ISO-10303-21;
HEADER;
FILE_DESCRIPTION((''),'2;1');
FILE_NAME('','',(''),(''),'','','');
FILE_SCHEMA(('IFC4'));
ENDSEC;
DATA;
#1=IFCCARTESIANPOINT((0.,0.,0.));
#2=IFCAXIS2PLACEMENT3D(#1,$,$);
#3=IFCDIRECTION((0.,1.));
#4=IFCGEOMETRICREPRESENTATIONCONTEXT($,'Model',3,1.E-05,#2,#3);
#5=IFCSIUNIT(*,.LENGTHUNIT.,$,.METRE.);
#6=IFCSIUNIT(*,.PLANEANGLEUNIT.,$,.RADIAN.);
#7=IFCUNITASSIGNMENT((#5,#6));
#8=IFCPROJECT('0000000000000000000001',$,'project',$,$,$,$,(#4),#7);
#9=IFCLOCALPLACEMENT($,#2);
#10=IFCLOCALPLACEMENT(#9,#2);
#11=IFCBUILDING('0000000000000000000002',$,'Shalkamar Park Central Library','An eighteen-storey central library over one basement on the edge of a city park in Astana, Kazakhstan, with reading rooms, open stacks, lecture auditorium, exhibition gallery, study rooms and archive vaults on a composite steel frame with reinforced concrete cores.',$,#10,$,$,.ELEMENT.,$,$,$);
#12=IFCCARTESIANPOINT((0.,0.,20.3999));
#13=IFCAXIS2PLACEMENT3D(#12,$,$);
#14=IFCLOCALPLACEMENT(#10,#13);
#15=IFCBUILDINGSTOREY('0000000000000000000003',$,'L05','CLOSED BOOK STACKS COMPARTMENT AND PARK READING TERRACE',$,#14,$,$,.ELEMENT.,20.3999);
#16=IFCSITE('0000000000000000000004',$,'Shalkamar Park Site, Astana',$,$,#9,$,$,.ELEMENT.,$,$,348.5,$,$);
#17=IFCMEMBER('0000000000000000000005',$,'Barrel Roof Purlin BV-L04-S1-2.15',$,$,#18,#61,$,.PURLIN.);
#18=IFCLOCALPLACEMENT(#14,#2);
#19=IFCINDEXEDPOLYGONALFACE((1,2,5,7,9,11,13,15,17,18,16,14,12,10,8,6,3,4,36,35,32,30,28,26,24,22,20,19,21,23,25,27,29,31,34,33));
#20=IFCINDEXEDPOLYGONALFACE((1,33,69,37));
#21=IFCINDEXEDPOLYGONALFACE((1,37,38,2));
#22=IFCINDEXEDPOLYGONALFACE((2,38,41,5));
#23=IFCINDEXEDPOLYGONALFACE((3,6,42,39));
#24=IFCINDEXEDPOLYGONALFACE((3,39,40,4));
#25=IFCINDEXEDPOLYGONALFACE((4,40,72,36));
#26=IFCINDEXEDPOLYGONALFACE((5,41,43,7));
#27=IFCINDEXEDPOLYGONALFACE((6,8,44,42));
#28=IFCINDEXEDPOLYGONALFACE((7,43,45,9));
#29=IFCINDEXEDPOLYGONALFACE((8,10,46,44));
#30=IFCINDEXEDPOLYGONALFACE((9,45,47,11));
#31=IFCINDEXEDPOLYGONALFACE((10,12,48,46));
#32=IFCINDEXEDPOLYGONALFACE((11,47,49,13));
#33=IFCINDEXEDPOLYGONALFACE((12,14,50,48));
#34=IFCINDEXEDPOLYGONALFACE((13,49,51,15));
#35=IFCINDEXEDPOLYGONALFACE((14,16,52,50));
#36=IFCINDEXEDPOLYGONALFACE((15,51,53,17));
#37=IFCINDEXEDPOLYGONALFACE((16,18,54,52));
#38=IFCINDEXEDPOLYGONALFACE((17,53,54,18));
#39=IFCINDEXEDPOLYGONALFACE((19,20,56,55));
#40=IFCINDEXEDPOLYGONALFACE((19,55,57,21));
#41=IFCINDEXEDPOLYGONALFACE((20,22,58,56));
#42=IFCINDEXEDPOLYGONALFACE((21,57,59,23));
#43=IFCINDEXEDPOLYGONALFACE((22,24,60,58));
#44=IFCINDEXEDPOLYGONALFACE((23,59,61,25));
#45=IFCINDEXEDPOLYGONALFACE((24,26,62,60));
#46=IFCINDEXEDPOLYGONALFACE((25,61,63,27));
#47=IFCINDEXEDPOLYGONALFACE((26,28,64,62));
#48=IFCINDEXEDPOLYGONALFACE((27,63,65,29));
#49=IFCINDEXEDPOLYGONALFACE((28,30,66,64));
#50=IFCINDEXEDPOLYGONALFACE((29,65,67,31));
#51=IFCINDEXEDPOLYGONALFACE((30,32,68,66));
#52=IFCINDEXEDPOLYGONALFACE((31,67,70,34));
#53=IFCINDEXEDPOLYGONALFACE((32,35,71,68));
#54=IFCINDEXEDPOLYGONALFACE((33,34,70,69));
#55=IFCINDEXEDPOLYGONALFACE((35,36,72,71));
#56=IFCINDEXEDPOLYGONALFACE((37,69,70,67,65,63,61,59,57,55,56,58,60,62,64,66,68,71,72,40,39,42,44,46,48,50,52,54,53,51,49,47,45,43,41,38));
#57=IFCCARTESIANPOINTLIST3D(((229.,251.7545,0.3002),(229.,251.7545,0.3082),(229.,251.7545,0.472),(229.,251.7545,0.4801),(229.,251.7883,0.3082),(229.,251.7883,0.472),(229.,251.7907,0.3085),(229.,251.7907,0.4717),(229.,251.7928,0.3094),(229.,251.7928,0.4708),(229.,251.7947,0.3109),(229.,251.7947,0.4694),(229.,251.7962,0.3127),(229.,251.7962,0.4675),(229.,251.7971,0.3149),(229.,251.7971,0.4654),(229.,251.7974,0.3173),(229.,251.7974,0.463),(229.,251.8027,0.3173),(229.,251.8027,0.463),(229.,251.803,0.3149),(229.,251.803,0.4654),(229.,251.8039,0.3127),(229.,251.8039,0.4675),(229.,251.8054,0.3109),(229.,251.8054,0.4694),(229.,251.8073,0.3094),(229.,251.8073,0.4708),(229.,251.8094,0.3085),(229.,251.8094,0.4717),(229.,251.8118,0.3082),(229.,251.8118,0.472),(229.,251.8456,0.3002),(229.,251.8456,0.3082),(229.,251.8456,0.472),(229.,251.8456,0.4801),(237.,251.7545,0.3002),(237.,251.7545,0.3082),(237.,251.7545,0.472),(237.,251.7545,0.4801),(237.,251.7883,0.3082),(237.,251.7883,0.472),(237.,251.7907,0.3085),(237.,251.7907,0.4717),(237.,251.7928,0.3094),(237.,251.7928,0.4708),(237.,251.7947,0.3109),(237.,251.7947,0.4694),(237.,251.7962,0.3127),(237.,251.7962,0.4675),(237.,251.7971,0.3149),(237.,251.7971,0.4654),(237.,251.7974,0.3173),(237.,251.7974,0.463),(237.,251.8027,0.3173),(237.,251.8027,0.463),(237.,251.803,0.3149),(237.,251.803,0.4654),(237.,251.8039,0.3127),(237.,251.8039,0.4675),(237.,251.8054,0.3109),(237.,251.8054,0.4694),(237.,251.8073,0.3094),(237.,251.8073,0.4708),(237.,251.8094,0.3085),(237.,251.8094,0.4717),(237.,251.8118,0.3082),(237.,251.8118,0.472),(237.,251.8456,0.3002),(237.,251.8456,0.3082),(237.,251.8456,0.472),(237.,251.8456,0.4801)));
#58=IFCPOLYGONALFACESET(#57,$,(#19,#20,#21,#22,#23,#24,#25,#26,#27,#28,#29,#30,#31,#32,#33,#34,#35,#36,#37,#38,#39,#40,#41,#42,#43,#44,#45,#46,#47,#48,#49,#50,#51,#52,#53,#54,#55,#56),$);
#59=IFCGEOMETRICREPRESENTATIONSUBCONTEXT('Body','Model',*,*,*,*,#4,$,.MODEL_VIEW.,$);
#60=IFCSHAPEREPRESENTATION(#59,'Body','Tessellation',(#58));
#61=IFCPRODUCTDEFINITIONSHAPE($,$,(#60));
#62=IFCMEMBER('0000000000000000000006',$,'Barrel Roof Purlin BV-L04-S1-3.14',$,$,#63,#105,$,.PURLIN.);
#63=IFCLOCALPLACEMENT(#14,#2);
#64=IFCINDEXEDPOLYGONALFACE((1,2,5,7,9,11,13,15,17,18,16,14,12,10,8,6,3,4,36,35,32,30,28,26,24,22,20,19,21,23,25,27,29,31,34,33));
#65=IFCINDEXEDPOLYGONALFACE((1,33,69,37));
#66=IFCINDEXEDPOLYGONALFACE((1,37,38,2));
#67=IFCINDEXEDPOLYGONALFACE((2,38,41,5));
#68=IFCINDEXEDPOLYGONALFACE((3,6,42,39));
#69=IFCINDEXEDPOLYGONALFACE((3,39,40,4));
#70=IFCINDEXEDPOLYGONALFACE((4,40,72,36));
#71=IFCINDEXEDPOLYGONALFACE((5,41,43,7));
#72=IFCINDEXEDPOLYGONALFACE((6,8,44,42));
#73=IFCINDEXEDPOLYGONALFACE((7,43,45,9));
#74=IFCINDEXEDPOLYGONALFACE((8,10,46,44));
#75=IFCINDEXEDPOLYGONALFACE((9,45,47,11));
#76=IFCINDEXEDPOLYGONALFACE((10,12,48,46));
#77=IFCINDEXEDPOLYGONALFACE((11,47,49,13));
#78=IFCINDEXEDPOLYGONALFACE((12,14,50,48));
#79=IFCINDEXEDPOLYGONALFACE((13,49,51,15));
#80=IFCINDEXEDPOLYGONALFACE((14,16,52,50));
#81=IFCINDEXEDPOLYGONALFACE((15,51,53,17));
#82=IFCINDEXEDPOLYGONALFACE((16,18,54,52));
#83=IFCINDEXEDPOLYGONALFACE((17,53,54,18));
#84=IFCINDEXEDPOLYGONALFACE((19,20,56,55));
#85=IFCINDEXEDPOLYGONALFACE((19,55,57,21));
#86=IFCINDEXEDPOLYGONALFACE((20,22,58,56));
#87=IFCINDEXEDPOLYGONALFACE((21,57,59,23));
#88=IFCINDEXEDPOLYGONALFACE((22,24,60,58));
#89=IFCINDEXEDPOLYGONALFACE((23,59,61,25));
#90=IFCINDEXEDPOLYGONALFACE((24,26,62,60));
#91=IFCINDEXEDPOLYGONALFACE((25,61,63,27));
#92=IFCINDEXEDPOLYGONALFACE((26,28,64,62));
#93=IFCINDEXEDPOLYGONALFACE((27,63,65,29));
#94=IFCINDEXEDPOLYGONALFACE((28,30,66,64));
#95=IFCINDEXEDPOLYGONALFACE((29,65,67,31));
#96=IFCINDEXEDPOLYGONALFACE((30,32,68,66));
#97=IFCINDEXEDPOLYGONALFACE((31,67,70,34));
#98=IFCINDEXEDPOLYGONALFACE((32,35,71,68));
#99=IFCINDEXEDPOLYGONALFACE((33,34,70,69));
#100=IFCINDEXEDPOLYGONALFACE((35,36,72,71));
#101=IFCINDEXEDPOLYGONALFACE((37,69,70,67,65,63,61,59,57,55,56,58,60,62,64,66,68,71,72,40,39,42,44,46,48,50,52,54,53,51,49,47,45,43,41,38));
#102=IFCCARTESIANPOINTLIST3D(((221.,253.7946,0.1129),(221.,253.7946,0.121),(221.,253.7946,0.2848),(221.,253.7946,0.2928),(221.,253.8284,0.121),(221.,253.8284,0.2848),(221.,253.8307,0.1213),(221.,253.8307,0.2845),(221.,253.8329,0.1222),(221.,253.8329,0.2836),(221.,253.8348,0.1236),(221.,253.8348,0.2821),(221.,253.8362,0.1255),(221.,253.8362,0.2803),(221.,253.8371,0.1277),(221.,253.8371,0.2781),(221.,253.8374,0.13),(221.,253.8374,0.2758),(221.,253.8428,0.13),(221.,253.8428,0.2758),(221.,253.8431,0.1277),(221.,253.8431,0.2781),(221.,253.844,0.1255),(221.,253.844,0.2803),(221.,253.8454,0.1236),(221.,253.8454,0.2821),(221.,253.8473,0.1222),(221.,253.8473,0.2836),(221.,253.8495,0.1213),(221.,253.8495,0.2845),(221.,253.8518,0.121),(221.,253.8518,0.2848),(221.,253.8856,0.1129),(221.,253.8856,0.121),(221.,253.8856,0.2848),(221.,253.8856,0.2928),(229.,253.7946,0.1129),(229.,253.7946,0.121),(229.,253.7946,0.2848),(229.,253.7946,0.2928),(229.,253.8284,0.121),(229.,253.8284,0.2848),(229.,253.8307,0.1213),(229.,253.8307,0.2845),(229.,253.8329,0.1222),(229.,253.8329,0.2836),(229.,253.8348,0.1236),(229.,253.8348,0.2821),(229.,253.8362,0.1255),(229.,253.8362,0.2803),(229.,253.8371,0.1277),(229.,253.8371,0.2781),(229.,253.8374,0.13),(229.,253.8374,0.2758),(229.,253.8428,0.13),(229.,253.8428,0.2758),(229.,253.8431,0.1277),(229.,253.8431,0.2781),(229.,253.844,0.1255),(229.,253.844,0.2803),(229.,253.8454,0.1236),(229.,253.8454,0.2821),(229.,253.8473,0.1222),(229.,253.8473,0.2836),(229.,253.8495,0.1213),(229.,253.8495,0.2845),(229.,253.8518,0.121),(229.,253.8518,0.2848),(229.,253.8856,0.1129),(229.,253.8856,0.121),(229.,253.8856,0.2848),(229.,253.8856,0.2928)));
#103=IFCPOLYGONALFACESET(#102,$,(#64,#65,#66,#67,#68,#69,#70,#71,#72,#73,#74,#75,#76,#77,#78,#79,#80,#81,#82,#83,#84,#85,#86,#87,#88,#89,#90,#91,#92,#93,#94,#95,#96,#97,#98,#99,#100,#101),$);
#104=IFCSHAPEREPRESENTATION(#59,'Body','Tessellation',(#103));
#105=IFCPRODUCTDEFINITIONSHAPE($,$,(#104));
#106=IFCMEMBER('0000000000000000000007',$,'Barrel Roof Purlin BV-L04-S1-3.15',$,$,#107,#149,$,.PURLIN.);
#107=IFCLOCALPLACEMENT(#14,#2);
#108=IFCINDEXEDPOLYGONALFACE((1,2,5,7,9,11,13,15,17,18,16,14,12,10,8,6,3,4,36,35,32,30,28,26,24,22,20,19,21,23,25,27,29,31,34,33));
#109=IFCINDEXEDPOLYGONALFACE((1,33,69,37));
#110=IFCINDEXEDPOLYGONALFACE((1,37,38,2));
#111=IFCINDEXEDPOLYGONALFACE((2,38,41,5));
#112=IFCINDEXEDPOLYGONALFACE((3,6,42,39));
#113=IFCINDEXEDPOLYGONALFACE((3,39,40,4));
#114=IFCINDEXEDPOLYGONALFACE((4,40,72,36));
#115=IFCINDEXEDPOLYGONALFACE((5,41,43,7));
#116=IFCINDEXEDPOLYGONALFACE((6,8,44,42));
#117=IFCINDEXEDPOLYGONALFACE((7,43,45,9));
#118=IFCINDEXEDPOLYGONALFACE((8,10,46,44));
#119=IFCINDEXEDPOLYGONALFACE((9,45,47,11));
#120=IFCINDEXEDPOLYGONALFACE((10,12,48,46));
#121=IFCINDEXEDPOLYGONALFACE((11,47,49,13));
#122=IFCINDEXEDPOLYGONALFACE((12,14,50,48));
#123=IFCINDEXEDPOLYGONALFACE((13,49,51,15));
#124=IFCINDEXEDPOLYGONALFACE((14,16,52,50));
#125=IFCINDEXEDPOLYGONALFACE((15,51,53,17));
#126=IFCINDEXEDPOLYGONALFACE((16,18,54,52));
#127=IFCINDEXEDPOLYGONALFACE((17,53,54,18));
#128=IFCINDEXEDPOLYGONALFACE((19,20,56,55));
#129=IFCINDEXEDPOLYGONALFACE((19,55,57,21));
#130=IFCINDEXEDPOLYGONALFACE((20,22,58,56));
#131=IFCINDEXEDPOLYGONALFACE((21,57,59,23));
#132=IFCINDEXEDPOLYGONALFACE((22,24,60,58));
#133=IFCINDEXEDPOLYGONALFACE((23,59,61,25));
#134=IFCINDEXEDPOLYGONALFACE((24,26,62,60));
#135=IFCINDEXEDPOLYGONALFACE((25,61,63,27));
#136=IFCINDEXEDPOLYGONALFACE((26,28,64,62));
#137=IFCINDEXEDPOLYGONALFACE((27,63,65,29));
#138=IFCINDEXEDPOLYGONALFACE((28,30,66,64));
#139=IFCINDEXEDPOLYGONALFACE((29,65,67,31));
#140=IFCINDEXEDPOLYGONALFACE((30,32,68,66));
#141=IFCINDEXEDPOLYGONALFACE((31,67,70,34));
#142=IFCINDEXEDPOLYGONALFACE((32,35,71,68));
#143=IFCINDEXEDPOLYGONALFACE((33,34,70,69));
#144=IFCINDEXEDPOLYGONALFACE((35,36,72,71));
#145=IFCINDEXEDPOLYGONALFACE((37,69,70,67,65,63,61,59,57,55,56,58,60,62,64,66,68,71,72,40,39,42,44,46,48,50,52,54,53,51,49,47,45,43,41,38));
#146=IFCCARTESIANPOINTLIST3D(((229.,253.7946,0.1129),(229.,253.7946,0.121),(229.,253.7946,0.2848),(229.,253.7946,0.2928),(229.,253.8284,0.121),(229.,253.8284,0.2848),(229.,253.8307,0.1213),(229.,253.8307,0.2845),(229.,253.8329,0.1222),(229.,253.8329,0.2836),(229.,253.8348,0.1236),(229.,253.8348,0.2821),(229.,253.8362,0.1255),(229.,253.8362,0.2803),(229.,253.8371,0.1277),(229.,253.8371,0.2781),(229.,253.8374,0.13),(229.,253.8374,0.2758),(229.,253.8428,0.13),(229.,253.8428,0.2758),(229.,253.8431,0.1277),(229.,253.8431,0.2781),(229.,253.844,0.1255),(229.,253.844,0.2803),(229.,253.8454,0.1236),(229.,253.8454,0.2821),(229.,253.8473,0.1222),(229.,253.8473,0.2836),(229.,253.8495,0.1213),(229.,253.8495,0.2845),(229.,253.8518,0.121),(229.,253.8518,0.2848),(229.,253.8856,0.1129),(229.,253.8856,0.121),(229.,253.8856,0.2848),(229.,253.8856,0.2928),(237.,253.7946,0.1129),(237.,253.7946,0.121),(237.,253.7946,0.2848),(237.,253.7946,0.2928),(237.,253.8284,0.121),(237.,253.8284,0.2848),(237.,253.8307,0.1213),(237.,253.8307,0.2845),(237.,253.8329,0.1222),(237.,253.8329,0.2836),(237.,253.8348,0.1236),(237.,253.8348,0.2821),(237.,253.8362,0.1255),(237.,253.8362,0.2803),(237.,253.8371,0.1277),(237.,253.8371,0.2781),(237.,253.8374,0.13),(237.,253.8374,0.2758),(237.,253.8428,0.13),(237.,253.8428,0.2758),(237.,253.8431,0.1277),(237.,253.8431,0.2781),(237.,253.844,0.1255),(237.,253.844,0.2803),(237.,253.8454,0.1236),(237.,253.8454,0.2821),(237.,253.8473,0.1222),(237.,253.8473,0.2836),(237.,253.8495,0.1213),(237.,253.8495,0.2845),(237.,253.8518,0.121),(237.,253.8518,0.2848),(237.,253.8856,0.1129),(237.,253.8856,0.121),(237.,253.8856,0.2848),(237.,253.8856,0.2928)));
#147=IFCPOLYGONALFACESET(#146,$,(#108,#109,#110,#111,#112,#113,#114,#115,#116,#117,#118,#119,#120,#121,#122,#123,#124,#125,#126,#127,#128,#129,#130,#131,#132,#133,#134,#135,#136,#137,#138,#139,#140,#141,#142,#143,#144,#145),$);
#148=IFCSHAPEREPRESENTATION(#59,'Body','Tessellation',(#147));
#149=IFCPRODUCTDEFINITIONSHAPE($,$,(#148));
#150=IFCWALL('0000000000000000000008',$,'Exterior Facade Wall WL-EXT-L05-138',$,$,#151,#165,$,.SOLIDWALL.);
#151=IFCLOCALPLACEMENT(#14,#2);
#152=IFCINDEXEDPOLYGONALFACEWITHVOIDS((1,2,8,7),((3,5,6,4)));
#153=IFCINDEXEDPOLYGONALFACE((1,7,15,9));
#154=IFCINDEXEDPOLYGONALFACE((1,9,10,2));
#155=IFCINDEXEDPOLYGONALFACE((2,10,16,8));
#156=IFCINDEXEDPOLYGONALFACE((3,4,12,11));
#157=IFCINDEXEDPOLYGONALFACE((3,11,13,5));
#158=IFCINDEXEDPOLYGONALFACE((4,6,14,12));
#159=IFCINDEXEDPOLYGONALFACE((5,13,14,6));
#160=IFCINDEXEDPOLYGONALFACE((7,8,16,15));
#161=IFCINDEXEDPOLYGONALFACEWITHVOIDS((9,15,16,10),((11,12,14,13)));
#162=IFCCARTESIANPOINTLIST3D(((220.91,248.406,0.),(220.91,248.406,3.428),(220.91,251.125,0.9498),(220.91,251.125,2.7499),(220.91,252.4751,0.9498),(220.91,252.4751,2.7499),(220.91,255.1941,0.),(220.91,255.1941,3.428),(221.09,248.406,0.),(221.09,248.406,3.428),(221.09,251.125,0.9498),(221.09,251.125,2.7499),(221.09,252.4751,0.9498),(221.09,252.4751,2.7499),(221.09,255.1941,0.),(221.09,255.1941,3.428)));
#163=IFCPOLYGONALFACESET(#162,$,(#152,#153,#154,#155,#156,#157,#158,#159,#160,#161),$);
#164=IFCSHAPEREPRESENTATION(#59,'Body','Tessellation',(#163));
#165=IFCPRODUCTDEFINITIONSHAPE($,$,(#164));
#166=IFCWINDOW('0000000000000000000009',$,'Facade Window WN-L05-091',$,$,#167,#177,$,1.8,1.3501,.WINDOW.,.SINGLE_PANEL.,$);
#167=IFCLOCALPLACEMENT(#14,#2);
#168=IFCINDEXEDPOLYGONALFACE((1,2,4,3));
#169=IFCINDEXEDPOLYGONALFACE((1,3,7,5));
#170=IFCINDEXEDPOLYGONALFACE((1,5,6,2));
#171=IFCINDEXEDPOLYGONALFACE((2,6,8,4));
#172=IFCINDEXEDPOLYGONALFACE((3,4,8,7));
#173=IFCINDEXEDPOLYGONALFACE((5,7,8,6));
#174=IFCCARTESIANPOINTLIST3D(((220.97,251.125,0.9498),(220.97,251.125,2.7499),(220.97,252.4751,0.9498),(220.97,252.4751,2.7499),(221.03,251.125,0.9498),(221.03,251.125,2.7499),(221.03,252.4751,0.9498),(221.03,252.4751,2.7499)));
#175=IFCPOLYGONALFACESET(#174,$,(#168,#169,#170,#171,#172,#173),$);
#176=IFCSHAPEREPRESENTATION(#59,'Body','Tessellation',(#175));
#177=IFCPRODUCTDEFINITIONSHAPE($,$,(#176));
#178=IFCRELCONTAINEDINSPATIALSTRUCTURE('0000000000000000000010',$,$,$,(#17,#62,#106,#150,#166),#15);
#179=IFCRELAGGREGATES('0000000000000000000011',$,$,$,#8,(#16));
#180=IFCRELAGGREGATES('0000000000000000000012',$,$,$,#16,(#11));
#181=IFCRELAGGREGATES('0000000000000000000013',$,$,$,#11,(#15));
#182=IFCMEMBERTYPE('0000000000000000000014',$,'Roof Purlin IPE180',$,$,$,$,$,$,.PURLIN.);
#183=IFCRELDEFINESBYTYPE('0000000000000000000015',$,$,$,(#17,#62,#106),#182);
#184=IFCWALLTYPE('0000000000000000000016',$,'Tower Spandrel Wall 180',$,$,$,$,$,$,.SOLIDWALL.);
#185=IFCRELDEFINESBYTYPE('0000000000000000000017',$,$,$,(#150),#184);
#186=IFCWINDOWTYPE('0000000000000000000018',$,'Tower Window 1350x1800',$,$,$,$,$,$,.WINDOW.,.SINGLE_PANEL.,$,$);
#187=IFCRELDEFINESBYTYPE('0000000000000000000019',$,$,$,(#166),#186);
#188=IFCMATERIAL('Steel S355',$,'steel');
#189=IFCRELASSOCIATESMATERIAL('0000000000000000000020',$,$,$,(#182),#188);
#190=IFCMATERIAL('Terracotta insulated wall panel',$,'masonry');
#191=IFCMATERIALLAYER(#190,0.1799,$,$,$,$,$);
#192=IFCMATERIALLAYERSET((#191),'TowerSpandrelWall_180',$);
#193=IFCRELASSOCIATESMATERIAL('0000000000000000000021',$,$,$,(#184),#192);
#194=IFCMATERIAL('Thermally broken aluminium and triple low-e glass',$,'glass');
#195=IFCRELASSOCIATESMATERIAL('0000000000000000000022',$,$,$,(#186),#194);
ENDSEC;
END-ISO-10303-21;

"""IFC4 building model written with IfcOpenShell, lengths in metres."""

from ifc_helpers import new_model, si_unit, direction, frame, frame_2d, origin, origin_2d, place, context, subcontext, project, spatial, rectangle, i_section, extrude, material, layer, layer_set, material_profile, profile_set, type_object, element, fill, save


model = new_model("IFC4")

# Units and contexts
model_context = context("Model", 3, precision=1e-05, world=origin(), true_north=direction((0.0, 1.0)))
body_context = subcontext(model_context, "Body", "Model", "MODEL_VIEW")
ifc_project = project(units=[si_unit("LENGTHUNIT", "METRE"), si_unit("PLANEANGLEUNIT", "RADIAN")], contexts=[model_context])

# Site, building, storey
site_placement = place(None, origin())
site = spatial("IfcSite", under=ifc_project, at=site_placement, Name="Shalkamar Park Site, Astana", CompositionType="ELEMENT", RefElevation=348.5)
building_placement = place(site_placement, origin())
building = spatial("IfcBuilding", under=site, at=building_placement, Name="Shalkamar Park Central Library", Description="An eighteen-storey central library over one basement on the edge of a city park in Astana, Kazakhstan, with reading rooms, open stacks, lecture auditorium, exhibition gallery, study rooms and archive vaults on a composite steel frame with reinforced concrete cores.", CompositionType="ELEMENT")
storey_placement = place(building_placement, frame((0.0, 0.0, 20.3999)))
storey = spatial("IfcBuildingStorey", under=building, at=storey_placement, Name="L05", Description="CLOSED BOOK STACKS COMPARTMENT AND PARK READING TERRACE", CompositionType="ELEMENT", Elevation=20.3999)

# Shared definitions
ifc_material_1 = material(Name="Steel S355", Category="steel")

# Members
ifc_material_profile_1 = material_profile(ifc_material_1, i_section(OverallWidth=0.0911, OverallDepth=0.1799, WebThickness=0.0054, FlangeThickness=0.0081, FilletRadius=0.009, at=origin_2d()), Name="IPE 180")
ifc_profile_set_1 = profile_set([ifc_material_profile_1], Name="Steel S355")
member_type_1 = type_object("IfcMemberType", Name="Roof Purlin IPE180", PredefinedType="PURLIN", material=ifc_profile_set_1)
for number, where, z_axis, x_axis, name in (
    (1, (229.0, 251.8, 0.3901), (1.0, 0.0, 0.0), (0.0, 1.0, 0.0), "Barrel Roof Purlin BV-L04-S1-2.15"),
    (2, (221.0, 253.8401, 0.2029), (1.0, 0.0, 0.0), (0.0, 1.0, 0.0), "Barrel Roof Purlin BV-L04-S1-3.14"),
    (3, (229.0, 253.8401, 0.2029), (1.0, 0.0, 0.0), (0.0, 1.0, 0.0), "Barrel Roof Purlin BV-L04-S1-3.15"),
):
    element("IfcMember", number, at=place(storey_placement, frame(where, z_axis=z_axis, x_axis=x_axis)), inside=storey, type_object=member_type_1, Name=name, PredefinedType="PURLIN", context=body_context, shape_type="SweptSolid", body=[
        extrude(i_section(OverallWidth=0.0911, OverallDepth=0.1799, WebThickness=0.0054, FlangeThickness=0.0081, FilletRadius=0.009, at=origin_2d()), origin(), (0.0, 0.0, 1.0), 8.0),
    ])

# Wall, opening, window
ifc_material_2 = material(Name="Terracotta insulated wall panel", Category="masonry")
ifc_layer_1 = layer(ifc_material_2, 0.1799)
ifc_layer_set_1 = layer_set([ifc_layer_1], Name="TowerSpandrelWall_180")
wall_type = type_object("IfcWallType", Name="Tower Spandrel Wall 180", PredefinedType="SOLIDWALL", material=ifc_layer_set_1)
wall_placement = place(storey_placement, frame((221.0, 248.406, 0.0), z_axis=(0.0, 0.0, 1.0), x_axis=(0.0, 1.0, 0.0)))
wall = element("IfcWall", 4, at=wall_placement, inside=storey, type_object=wall_type, Name="Exterior Facade Wall WL-EXT-L05-138", PredefinedType="SOLIDWALL", context=body_context, shape_type="SweptSolid", body=[
    extrude(rectangle(XDim=6.7881, YDim=0.1799, at=frame_2d((3.394, 0.0))), origin(), (0.0, 0.0, 1.0), 3.428),
])
opening_placement = place(wall_placement, frame((2.719, 0.0, 0.95)))
opening = element("IfcOpeningElement", 5, at=opening_placement, cuts=wall, PredefinedType="OPENING", context=body_context, shape_type="SweptSolid", body=[
    extrude(rectangle(XDim=1.3501, YDim=1.8, at=frame_2d((0.675, 0.8999))), frame((0.0, 0.105, 0.0), z_axis=(0.0, -1.0, 0.0), x_axis=(1.0, 0.0, 0.0)), (0.0, 0.0, 1.0), 0.2097),
])
ifc_material_3 = material(Name="Thermally broken aluminium and triple low-e glass", Category="glass")
window_type = type_object("IfcWindowType", Name="Tower Window 1350x1800", PartitioningType="SINGLE_PANEL", PredefinedType="WINDOW", material=ifc_material_3)
window_placement = place(opening_placement, origin())
window = element("IfcWindow", 6, at=window_placement, inside=storey, type_object=window_type, Name="Facade Window WN-L05-091", OverallHeight=1.8, OverallWidth=1.3501, PartitioningType="SINGLE_PANEL", PredefinedType="WINDOW", context=body_context, shape_type="SweptSolid", body=[
    extrude(rectangle(XDim=1.3501, YDim=1.8, at=frame_2d((0.675, 0.8999))), frame((0.0, 0.03, 0.0), z_axis=(0.0, -1.0, 0.0), x_axis=(1.0, 0.0, 0.0)), (0.0, 0.0, 1.0), 0.0601),
])
fill(opening, window)

save(model, "model.ifc")
